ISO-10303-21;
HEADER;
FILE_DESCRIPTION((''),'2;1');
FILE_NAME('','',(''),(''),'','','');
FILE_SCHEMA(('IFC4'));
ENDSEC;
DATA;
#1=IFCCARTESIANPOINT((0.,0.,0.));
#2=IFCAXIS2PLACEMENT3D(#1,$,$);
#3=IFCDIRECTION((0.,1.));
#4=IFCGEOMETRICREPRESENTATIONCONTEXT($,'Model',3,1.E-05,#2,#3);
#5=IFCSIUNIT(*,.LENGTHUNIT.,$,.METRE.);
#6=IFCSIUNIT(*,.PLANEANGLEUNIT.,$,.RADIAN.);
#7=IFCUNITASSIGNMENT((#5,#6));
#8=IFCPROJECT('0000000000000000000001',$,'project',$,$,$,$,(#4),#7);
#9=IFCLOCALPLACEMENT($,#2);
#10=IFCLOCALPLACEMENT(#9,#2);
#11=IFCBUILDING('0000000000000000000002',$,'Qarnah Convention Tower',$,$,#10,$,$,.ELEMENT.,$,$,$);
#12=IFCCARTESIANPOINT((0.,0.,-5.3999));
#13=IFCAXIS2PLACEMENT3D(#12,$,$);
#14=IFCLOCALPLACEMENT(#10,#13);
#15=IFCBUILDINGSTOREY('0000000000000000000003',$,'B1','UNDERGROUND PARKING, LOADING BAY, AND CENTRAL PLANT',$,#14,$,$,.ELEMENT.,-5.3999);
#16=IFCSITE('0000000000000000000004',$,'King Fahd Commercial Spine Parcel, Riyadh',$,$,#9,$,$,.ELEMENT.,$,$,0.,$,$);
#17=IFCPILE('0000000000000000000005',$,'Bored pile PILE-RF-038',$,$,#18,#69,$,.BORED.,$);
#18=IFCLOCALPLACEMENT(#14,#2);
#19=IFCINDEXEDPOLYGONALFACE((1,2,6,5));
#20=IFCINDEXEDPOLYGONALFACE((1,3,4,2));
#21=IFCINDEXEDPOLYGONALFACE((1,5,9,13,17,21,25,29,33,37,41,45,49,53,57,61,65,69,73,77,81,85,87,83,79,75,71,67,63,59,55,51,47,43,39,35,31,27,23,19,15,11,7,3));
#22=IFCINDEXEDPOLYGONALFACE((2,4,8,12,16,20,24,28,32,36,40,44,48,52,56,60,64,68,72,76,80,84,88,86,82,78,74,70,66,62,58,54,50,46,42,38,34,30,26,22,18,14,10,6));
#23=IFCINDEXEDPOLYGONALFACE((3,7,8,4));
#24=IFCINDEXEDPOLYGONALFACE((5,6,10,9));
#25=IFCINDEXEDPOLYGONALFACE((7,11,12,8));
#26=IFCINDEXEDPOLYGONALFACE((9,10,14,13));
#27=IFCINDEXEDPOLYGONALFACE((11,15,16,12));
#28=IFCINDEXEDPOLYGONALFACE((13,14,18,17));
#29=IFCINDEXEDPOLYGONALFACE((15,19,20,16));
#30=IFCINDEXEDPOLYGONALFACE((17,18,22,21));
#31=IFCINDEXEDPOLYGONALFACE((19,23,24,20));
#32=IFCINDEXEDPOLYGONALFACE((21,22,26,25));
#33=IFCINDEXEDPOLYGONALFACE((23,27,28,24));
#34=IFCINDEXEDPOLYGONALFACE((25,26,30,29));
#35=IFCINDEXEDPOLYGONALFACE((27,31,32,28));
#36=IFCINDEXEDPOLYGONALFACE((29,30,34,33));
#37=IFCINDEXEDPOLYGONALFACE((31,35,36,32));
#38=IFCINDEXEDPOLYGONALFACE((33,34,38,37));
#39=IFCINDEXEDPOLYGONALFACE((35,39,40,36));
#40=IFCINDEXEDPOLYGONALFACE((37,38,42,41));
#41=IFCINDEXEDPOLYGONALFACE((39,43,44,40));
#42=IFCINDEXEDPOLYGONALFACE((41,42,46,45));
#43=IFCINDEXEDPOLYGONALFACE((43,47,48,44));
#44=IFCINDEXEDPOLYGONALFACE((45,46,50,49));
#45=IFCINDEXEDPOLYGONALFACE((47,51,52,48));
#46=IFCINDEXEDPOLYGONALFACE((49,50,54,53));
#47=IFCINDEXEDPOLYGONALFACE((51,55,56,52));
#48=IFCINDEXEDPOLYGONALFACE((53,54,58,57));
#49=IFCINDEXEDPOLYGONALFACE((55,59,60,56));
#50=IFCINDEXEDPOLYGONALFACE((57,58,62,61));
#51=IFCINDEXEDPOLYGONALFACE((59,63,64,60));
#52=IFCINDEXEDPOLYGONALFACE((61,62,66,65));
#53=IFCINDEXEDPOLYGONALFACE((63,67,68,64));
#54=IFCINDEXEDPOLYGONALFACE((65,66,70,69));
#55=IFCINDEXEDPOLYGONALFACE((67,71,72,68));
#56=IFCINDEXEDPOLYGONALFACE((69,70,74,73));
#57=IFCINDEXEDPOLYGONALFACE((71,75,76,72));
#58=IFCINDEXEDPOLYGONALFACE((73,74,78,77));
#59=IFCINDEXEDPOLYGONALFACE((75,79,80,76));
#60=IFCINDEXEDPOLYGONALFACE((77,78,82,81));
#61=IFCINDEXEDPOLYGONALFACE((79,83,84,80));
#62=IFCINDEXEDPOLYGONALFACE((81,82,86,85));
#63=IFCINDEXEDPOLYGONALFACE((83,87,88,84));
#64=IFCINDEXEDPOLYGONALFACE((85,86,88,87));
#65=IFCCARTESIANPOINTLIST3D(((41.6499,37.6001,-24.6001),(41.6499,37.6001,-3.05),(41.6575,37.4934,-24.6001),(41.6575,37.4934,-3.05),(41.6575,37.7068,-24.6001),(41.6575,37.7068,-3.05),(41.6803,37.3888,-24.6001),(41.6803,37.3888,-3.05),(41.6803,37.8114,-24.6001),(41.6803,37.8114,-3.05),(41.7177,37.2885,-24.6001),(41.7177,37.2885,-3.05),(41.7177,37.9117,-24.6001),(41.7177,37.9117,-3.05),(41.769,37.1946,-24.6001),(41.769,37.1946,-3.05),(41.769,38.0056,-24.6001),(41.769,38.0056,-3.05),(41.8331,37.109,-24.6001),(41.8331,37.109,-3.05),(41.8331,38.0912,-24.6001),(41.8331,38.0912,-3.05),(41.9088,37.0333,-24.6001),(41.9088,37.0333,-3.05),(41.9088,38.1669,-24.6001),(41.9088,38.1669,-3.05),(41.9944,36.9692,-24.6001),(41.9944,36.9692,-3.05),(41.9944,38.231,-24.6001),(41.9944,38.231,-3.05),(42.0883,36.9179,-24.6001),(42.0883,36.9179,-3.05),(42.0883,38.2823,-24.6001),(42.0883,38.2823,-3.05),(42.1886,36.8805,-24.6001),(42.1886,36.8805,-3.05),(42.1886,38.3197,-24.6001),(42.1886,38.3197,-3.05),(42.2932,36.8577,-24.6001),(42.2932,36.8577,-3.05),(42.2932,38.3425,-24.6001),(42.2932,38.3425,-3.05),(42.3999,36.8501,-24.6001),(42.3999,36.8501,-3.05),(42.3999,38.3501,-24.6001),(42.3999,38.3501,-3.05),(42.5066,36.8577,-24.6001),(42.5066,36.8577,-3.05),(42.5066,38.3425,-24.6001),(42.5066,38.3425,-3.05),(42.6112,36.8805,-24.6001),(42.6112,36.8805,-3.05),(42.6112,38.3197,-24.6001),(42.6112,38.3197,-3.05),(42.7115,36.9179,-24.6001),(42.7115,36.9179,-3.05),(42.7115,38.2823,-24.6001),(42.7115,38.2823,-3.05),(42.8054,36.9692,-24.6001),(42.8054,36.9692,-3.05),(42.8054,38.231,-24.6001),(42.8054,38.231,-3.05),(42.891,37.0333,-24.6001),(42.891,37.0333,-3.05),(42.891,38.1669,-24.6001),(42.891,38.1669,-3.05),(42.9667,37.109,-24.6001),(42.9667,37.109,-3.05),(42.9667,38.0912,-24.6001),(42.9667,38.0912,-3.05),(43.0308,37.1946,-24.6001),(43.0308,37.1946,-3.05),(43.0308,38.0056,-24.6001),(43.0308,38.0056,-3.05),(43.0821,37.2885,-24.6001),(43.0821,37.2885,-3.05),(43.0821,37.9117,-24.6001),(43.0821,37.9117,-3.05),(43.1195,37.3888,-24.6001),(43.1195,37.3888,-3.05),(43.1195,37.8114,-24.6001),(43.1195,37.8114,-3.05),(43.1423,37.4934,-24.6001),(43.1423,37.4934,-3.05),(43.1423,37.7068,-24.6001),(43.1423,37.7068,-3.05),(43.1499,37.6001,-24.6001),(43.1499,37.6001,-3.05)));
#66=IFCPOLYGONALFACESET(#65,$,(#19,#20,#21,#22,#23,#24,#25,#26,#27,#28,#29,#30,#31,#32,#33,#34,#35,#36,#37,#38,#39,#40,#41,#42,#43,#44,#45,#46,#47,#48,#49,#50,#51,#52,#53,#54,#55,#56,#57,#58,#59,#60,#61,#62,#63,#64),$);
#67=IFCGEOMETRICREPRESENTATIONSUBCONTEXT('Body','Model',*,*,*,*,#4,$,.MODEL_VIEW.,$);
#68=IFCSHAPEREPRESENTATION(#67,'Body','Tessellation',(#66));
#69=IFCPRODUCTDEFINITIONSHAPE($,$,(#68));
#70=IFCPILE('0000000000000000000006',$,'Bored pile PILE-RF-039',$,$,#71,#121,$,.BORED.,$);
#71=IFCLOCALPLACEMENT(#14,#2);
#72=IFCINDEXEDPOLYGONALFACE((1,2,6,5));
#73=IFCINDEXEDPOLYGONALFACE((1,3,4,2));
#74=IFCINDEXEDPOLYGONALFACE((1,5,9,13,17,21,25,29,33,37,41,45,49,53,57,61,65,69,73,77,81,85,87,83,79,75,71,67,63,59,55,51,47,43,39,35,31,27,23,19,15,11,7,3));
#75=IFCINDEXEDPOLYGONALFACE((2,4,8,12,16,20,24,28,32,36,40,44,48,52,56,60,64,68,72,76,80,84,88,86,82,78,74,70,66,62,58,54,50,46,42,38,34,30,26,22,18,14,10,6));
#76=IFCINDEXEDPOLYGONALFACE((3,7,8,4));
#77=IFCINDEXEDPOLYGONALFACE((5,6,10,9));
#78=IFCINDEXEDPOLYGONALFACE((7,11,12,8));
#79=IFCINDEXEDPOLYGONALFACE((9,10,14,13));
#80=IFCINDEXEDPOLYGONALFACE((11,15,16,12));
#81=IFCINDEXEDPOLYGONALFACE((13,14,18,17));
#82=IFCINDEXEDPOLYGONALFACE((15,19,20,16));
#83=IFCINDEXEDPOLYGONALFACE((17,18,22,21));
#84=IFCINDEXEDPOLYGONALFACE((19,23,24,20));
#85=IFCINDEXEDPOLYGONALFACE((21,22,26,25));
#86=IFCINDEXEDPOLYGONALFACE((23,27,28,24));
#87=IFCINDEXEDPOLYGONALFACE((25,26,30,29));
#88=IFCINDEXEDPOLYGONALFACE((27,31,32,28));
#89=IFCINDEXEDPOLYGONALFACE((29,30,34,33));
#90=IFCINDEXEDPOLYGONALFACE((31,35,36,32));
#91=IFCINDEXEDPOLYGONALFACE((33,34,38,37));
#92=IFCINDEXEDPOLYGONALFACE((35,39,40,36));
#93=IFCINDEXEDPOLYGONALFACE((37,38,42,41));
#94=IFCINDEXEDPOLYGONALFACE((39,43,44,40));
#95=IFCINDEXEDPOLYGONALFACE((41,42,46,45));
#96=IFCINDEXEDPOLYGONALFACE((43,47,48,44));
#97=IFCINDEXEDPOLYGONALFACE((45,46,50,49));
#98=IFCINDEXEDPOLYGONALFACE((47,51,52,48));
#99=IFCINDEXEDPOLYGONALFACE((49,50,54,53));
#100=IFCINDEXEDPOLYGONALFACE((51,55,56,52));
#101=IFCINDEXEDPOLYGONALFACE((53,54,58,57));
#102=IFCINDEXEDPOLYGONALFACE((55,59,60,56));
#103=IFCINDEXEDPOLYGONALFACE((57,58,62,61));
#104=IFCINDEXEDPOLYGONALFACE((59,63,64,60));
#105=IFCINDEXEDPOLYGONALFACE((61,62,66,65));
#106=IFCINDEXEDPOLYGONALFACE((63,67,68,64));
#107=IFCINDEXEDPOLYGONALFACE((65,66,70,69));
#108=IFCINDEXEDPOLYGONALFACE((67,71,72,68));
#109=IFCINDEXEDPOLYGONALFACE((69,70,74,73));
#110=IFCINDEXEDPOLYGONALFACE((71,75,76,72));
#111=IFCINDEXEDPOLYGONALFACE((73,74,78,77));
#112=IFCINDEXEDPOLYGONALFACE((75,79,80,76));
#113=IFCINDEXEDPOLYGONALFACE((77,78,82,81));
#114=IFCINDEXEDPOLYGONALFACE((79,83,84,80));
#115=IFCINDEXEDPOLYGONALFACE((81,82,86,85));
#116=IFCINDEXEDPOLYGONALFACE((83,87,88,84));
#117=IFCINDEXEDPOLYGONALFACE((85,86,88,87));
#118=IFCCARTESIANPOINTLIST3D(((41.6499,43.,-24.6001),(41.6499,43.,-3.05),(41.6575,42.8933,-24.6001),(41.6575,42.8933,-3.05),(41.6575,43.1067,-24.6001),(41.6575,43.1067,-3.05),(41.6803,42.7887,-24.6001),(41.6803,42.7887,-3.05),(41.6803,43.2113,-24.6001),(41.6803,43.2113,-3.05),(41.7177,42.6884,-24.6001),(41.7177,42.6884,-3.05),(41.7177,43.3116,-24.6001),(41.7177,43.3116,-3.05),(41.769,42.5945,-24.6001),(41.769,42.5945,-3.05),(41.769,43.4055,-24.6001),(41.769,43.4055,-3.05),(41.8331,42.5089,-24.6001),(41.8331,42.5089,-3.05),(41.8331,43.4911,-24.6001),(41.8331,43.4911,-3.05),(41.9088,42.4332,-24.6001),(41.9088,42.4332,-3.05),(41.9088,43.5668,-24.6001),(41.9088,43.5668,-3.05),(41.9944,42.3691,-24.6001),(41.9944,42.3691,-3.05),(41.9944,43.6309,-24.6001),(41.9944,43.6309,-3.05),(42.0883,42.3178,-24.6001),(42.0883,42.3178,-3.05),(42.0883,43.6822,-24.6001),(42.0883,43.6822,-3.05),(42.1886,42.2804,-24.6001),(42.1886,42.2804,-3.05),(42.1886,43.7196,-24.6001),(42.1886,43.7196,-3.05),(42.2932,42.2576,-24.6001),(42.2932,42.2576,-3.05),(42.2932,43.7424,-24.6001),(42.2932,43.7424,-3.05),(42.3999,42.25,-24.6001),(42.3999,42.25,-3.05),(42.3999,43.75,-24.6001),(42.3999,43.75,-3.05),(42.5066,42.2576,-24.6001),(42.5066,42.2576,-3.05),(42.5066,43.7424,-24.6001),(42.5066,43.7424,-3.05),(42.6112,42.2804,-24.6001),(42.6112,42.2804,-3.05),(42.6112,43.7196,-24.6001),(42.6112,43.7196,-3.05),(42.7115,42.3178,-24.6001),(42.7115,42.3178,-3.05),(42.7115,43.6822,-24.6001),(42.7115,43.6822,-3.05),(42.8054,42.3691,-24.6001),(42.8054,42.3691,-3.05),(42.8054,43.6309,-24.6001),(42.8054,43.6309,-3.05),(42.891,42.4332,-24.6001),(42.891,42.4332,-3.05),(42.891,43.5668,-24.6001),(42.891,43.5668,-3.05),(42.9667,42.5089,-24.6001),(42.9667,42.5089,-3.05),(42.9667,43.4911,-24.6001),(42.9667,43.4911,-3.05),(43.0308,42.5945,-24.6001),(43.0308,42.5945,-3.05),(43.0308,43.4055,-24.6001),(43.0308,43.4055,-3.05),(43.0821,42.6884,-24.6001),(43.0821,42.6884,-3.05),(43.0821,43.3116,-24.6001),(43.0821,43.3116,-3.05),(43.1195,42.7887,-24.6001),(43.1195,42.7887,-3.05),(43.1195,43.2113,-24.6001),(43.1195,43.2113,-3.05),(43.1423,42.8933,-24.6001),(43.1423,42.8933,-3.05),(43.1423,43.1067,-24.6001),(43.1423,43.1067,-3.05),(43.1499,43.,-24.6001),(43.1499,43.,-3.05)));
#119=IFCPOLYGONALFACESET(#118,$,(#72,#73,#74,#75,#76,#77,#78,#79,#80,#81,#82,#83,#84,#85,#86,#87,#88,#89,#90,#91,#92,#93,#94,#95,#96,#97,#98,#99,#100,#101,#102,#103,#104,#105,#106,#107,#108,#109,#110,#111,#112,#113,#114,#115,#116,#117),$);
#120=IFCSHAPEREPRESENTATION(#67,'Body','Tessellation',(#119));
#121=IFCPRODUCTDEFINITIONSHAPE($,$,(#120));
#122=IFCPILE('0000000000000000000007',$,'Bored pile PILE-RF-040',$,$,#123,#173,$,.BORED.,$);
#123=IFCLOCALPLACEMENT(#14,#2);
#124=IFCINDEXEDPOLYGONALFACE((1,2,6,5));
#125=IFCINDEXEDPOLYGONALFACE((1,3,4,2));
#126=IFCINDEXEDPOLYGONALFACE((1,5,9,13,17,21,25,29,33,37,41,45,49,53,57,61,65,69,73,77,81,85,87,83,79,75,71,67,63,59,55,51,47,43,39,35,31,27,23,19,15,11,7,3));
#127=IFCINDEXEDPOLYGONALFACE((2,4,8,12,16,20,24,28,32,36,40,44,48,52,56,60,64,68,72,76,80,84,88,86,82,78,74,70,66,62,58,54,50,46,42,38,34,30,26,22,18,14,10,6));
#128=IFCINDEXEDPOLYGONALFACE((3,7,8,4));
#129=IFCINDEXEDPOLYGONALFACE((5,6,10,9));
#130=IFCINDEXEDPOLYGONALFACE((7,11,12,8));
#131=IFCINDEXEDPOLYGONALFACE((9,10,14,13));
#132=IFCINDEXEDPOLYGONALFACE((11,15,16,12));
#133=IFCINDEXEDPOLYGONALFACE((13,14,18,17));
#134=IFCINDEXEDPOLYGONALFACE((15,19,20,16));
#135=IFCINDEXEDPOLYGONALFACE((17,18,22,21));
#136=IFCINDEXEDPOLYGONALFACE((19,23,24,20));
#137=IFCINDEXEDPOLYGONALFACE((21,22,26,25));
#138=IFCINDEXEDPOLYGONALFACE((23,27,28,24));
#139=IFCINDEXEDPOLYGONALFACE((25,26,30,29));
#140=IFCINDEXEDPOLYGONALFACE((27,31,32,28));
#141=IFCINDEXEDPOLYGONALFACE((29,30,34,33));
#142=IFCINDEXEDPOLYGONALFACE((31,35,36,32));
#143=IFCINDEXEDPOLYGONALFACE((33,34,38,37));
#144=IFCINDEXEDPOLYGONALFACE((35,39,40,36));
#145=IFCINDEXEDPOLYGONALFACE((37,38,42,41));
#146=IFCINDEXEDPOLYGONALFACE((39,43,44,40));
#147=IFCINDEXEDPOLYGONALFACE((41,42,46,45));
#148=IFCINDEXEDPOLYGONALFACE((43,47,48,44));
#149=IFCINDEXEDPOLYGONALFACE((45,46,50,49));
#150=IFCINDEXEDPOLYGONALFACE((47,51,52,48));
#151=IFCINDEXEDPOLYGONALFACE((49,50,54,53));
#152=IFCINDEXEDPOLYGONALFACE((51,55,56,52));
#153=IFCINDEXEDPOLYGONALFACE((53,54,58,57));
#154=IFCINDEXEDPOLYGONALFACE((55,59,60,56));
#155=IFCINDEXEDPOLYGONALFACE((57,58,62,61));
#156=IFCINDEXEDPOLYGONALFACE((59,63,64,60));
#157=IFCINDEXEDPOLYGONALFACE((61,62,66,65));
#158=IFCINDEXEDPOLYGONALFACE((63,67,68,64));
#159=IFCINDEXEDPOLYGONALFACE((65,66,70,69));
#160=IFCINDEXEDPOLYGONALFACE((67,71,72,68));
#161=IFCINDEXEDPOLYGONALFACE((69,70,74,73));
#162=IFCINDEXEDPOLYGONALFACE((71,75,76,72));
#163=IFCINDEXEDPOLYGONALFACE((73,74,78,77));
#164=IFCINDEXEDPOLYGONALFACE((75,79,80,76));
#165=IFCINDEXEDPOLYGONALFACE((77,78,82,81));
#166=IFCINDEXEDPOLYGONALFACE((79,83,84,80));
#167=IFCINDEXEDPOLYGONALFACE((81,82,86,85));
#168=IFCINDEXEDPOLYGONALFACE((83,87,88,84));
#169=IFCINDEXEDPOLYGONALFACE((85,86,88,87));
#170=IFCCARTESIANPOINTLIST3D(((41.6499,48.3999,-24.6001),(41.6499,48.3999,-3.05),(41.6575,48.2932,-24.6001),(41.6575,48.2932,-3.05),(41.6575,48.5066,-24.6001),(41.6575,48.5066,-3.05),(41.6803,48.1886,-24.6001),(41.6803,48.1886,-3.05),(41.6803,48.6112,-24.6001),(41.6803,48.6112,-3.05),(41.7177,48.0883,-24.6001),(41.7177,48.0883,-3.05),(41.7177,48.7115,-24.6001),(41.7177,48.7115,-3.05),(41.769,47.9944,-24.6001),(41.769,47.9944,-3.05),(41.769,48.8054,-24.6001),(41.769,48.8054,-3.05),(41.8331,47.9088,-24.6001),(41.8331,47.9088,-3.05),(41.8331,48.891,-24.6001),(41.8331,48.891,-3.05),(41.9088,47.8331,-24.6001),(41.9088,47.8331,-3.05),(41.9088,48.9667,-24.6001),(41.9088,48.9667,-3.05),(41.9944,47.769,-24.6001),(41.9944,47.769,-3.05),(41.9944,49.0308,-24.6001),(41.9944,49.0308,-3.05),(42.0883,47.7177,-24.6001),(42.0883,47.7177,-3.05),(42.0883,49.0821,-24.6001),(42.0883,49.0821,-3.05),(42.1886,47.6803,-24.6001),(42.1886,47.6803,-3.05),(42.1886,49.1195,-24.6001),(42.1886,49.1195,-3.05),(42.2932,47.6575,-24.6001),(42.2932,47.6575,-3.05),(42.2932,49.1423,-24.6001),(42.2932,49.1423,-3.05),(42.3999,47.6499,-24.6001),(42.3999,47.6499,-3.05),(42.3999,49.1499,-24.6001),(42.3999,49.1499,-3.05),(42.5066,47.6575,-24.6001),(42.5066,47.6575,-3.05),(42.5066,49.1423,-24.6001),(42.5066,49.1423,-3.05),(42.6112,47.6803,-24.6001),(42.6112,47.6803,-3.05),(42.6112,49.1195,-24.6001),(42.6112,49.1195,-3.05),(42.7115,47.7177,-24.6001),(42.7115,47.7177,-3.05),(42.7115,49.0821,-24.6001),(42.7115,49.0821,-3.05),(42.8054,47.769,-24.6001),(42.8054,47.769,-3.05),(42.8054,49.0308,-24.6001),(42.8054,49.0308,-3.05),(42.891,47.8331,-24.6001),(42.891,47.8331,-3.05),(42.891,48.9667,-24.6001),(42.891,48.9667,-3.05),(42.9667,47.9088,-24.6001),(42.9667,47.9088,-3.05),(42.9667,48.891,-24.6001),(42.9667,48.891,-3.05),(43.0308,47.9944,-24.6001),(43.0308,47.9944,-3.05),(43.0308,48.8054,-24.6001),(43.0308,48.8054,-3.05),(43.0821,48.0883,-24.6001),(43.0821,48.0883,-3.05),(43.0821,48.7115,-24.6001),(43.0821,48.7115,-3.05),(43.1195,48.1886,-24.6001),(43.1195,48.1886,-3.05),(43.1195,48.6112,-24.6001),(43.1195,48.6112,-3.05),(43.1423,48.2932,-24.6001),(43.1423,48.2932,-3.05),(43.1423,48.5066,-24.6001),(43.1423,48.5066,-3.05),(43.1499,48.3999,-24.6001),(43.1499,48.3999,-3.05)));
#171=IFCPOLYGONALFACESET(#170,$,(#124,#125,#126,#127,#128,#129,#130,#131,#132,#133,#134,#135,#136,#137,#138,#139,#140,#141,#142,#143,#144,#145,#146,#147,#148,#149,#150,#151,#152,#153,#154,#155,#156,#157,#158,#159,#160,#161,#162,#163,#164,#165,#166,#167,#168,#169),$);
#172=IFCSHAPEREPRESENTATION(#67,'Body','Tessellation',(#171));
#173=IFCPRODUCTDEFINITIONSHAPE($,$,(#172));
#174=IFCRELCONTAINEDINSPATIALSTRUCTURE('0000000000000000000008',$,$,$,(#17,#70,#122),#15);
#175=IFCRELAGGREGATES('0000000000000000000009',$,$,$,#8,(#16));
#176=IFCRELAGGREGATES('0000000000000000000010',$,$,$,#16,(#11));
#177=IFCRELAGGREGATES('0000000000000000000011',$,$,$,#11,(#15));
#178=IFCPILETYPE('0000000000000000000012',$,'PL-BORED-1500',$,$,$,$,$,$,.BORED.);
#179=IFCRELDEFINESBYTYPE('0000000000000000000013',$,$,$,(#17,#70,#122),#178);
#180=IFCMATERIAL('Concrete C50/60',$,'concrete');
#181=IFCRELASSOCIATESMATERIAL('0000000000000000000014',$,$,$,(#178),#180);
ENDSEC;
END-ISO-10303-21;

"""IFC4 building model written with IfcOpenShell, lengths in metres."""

from ifc_helpers import new_model, si_unit, direction, frame, origin, origin_2d, place, context, subcontext, project, spatial, circle, extrude, material, material_profile, profile_set, type_object, element, save


model = new_model("IFC4")

# Units and contexts
model_context = context("Model", 3, precision=1e-05, world=origin(), true_north=direction((0.0, 1.0)))
body_context = subcontext(model_context, "Body", "Model", "MODEL_VIEW")
ifc_project = project(units=[si_unit("LENGTHUNIT", "METRE"), si_unit("PLANEANGLEUNIT", "RADIAN")], contexts=[model_context])

# Site, building, storey
site_placement = place(None, origin())
site = spatial("IfcSite", under=ifc_project, at=site_placement, Name="King Fahd Commercial Spine Parcel, Riyadh", CompositionType="ELEMENT", RefElevation=0.0)
building_placement = place(site_placement, origin())
building = spatial("IfcBuilding", under=site, at=building_placement, Name="Qarnah Convention Tower", CompositionType="ELEMENT")
storey_placement = place(building_placement, frame((0.0, 0.0, -5.3999)))
storey = spatial("IfcBuildingStorey", under=building, at=storey_placement, Name="B1", Description="UNDERGROUND PARKING, LOADING BAY, AND CENTRAL PLANT", CompositionType="ELEMENT", Elevation=-5.3999)

# Piles
ifc_material_1 = material(Name="Concrete C50/60", Category="concrete")
ifc_material_profile_1 = material_profile(ifc_material_1, circle(Radius=0.75, at=origin_2d()), Name="PILE-D1500")
ifc_profile_set_1 = profile_set([ifc_material_profile_1], Name="Concrete C50/60")
pile_type = type_object("IfcPileType", Name="PL-BORED-1500", PredefinedType="BORED", material=ifc_profile_set_1)
for number, where, z_axis, x_axis, name in (
    (1, (42.3999, 37.6001, -3.05), (0.0, 0.0, -1.0), (1.0, 0.0, 0.0), "Bored pile PILE-RF-038"),
    (2, (42.3999, 43.0, -3.05), (0.0, 0.0, -1.0), (1.0, 0.0, 0.0), "Bored pile PILE-RF-039"),
    (3, (42.3999, 48.3999, -3.05), (0.0, 0.0, -1.0), (1.0, 0.0, 0.0), "Bored pile PILE-RF-040"),
):
    element("IfcPile", number, at=place(storey_placement, frame(where, z_axis=z_axis, x_axis=x_axis)), inside=storey, type_object=pile_type, Name=name, PredefinedType="BORED", context=body_context, shape_type="SweptSolid", body=[
        extrude(circle(Radius=0.75, at=origin_2d()), origin(), (0.0, 0.0, 1.0), 21.55),
    ])

save(model, "model.ifc")
